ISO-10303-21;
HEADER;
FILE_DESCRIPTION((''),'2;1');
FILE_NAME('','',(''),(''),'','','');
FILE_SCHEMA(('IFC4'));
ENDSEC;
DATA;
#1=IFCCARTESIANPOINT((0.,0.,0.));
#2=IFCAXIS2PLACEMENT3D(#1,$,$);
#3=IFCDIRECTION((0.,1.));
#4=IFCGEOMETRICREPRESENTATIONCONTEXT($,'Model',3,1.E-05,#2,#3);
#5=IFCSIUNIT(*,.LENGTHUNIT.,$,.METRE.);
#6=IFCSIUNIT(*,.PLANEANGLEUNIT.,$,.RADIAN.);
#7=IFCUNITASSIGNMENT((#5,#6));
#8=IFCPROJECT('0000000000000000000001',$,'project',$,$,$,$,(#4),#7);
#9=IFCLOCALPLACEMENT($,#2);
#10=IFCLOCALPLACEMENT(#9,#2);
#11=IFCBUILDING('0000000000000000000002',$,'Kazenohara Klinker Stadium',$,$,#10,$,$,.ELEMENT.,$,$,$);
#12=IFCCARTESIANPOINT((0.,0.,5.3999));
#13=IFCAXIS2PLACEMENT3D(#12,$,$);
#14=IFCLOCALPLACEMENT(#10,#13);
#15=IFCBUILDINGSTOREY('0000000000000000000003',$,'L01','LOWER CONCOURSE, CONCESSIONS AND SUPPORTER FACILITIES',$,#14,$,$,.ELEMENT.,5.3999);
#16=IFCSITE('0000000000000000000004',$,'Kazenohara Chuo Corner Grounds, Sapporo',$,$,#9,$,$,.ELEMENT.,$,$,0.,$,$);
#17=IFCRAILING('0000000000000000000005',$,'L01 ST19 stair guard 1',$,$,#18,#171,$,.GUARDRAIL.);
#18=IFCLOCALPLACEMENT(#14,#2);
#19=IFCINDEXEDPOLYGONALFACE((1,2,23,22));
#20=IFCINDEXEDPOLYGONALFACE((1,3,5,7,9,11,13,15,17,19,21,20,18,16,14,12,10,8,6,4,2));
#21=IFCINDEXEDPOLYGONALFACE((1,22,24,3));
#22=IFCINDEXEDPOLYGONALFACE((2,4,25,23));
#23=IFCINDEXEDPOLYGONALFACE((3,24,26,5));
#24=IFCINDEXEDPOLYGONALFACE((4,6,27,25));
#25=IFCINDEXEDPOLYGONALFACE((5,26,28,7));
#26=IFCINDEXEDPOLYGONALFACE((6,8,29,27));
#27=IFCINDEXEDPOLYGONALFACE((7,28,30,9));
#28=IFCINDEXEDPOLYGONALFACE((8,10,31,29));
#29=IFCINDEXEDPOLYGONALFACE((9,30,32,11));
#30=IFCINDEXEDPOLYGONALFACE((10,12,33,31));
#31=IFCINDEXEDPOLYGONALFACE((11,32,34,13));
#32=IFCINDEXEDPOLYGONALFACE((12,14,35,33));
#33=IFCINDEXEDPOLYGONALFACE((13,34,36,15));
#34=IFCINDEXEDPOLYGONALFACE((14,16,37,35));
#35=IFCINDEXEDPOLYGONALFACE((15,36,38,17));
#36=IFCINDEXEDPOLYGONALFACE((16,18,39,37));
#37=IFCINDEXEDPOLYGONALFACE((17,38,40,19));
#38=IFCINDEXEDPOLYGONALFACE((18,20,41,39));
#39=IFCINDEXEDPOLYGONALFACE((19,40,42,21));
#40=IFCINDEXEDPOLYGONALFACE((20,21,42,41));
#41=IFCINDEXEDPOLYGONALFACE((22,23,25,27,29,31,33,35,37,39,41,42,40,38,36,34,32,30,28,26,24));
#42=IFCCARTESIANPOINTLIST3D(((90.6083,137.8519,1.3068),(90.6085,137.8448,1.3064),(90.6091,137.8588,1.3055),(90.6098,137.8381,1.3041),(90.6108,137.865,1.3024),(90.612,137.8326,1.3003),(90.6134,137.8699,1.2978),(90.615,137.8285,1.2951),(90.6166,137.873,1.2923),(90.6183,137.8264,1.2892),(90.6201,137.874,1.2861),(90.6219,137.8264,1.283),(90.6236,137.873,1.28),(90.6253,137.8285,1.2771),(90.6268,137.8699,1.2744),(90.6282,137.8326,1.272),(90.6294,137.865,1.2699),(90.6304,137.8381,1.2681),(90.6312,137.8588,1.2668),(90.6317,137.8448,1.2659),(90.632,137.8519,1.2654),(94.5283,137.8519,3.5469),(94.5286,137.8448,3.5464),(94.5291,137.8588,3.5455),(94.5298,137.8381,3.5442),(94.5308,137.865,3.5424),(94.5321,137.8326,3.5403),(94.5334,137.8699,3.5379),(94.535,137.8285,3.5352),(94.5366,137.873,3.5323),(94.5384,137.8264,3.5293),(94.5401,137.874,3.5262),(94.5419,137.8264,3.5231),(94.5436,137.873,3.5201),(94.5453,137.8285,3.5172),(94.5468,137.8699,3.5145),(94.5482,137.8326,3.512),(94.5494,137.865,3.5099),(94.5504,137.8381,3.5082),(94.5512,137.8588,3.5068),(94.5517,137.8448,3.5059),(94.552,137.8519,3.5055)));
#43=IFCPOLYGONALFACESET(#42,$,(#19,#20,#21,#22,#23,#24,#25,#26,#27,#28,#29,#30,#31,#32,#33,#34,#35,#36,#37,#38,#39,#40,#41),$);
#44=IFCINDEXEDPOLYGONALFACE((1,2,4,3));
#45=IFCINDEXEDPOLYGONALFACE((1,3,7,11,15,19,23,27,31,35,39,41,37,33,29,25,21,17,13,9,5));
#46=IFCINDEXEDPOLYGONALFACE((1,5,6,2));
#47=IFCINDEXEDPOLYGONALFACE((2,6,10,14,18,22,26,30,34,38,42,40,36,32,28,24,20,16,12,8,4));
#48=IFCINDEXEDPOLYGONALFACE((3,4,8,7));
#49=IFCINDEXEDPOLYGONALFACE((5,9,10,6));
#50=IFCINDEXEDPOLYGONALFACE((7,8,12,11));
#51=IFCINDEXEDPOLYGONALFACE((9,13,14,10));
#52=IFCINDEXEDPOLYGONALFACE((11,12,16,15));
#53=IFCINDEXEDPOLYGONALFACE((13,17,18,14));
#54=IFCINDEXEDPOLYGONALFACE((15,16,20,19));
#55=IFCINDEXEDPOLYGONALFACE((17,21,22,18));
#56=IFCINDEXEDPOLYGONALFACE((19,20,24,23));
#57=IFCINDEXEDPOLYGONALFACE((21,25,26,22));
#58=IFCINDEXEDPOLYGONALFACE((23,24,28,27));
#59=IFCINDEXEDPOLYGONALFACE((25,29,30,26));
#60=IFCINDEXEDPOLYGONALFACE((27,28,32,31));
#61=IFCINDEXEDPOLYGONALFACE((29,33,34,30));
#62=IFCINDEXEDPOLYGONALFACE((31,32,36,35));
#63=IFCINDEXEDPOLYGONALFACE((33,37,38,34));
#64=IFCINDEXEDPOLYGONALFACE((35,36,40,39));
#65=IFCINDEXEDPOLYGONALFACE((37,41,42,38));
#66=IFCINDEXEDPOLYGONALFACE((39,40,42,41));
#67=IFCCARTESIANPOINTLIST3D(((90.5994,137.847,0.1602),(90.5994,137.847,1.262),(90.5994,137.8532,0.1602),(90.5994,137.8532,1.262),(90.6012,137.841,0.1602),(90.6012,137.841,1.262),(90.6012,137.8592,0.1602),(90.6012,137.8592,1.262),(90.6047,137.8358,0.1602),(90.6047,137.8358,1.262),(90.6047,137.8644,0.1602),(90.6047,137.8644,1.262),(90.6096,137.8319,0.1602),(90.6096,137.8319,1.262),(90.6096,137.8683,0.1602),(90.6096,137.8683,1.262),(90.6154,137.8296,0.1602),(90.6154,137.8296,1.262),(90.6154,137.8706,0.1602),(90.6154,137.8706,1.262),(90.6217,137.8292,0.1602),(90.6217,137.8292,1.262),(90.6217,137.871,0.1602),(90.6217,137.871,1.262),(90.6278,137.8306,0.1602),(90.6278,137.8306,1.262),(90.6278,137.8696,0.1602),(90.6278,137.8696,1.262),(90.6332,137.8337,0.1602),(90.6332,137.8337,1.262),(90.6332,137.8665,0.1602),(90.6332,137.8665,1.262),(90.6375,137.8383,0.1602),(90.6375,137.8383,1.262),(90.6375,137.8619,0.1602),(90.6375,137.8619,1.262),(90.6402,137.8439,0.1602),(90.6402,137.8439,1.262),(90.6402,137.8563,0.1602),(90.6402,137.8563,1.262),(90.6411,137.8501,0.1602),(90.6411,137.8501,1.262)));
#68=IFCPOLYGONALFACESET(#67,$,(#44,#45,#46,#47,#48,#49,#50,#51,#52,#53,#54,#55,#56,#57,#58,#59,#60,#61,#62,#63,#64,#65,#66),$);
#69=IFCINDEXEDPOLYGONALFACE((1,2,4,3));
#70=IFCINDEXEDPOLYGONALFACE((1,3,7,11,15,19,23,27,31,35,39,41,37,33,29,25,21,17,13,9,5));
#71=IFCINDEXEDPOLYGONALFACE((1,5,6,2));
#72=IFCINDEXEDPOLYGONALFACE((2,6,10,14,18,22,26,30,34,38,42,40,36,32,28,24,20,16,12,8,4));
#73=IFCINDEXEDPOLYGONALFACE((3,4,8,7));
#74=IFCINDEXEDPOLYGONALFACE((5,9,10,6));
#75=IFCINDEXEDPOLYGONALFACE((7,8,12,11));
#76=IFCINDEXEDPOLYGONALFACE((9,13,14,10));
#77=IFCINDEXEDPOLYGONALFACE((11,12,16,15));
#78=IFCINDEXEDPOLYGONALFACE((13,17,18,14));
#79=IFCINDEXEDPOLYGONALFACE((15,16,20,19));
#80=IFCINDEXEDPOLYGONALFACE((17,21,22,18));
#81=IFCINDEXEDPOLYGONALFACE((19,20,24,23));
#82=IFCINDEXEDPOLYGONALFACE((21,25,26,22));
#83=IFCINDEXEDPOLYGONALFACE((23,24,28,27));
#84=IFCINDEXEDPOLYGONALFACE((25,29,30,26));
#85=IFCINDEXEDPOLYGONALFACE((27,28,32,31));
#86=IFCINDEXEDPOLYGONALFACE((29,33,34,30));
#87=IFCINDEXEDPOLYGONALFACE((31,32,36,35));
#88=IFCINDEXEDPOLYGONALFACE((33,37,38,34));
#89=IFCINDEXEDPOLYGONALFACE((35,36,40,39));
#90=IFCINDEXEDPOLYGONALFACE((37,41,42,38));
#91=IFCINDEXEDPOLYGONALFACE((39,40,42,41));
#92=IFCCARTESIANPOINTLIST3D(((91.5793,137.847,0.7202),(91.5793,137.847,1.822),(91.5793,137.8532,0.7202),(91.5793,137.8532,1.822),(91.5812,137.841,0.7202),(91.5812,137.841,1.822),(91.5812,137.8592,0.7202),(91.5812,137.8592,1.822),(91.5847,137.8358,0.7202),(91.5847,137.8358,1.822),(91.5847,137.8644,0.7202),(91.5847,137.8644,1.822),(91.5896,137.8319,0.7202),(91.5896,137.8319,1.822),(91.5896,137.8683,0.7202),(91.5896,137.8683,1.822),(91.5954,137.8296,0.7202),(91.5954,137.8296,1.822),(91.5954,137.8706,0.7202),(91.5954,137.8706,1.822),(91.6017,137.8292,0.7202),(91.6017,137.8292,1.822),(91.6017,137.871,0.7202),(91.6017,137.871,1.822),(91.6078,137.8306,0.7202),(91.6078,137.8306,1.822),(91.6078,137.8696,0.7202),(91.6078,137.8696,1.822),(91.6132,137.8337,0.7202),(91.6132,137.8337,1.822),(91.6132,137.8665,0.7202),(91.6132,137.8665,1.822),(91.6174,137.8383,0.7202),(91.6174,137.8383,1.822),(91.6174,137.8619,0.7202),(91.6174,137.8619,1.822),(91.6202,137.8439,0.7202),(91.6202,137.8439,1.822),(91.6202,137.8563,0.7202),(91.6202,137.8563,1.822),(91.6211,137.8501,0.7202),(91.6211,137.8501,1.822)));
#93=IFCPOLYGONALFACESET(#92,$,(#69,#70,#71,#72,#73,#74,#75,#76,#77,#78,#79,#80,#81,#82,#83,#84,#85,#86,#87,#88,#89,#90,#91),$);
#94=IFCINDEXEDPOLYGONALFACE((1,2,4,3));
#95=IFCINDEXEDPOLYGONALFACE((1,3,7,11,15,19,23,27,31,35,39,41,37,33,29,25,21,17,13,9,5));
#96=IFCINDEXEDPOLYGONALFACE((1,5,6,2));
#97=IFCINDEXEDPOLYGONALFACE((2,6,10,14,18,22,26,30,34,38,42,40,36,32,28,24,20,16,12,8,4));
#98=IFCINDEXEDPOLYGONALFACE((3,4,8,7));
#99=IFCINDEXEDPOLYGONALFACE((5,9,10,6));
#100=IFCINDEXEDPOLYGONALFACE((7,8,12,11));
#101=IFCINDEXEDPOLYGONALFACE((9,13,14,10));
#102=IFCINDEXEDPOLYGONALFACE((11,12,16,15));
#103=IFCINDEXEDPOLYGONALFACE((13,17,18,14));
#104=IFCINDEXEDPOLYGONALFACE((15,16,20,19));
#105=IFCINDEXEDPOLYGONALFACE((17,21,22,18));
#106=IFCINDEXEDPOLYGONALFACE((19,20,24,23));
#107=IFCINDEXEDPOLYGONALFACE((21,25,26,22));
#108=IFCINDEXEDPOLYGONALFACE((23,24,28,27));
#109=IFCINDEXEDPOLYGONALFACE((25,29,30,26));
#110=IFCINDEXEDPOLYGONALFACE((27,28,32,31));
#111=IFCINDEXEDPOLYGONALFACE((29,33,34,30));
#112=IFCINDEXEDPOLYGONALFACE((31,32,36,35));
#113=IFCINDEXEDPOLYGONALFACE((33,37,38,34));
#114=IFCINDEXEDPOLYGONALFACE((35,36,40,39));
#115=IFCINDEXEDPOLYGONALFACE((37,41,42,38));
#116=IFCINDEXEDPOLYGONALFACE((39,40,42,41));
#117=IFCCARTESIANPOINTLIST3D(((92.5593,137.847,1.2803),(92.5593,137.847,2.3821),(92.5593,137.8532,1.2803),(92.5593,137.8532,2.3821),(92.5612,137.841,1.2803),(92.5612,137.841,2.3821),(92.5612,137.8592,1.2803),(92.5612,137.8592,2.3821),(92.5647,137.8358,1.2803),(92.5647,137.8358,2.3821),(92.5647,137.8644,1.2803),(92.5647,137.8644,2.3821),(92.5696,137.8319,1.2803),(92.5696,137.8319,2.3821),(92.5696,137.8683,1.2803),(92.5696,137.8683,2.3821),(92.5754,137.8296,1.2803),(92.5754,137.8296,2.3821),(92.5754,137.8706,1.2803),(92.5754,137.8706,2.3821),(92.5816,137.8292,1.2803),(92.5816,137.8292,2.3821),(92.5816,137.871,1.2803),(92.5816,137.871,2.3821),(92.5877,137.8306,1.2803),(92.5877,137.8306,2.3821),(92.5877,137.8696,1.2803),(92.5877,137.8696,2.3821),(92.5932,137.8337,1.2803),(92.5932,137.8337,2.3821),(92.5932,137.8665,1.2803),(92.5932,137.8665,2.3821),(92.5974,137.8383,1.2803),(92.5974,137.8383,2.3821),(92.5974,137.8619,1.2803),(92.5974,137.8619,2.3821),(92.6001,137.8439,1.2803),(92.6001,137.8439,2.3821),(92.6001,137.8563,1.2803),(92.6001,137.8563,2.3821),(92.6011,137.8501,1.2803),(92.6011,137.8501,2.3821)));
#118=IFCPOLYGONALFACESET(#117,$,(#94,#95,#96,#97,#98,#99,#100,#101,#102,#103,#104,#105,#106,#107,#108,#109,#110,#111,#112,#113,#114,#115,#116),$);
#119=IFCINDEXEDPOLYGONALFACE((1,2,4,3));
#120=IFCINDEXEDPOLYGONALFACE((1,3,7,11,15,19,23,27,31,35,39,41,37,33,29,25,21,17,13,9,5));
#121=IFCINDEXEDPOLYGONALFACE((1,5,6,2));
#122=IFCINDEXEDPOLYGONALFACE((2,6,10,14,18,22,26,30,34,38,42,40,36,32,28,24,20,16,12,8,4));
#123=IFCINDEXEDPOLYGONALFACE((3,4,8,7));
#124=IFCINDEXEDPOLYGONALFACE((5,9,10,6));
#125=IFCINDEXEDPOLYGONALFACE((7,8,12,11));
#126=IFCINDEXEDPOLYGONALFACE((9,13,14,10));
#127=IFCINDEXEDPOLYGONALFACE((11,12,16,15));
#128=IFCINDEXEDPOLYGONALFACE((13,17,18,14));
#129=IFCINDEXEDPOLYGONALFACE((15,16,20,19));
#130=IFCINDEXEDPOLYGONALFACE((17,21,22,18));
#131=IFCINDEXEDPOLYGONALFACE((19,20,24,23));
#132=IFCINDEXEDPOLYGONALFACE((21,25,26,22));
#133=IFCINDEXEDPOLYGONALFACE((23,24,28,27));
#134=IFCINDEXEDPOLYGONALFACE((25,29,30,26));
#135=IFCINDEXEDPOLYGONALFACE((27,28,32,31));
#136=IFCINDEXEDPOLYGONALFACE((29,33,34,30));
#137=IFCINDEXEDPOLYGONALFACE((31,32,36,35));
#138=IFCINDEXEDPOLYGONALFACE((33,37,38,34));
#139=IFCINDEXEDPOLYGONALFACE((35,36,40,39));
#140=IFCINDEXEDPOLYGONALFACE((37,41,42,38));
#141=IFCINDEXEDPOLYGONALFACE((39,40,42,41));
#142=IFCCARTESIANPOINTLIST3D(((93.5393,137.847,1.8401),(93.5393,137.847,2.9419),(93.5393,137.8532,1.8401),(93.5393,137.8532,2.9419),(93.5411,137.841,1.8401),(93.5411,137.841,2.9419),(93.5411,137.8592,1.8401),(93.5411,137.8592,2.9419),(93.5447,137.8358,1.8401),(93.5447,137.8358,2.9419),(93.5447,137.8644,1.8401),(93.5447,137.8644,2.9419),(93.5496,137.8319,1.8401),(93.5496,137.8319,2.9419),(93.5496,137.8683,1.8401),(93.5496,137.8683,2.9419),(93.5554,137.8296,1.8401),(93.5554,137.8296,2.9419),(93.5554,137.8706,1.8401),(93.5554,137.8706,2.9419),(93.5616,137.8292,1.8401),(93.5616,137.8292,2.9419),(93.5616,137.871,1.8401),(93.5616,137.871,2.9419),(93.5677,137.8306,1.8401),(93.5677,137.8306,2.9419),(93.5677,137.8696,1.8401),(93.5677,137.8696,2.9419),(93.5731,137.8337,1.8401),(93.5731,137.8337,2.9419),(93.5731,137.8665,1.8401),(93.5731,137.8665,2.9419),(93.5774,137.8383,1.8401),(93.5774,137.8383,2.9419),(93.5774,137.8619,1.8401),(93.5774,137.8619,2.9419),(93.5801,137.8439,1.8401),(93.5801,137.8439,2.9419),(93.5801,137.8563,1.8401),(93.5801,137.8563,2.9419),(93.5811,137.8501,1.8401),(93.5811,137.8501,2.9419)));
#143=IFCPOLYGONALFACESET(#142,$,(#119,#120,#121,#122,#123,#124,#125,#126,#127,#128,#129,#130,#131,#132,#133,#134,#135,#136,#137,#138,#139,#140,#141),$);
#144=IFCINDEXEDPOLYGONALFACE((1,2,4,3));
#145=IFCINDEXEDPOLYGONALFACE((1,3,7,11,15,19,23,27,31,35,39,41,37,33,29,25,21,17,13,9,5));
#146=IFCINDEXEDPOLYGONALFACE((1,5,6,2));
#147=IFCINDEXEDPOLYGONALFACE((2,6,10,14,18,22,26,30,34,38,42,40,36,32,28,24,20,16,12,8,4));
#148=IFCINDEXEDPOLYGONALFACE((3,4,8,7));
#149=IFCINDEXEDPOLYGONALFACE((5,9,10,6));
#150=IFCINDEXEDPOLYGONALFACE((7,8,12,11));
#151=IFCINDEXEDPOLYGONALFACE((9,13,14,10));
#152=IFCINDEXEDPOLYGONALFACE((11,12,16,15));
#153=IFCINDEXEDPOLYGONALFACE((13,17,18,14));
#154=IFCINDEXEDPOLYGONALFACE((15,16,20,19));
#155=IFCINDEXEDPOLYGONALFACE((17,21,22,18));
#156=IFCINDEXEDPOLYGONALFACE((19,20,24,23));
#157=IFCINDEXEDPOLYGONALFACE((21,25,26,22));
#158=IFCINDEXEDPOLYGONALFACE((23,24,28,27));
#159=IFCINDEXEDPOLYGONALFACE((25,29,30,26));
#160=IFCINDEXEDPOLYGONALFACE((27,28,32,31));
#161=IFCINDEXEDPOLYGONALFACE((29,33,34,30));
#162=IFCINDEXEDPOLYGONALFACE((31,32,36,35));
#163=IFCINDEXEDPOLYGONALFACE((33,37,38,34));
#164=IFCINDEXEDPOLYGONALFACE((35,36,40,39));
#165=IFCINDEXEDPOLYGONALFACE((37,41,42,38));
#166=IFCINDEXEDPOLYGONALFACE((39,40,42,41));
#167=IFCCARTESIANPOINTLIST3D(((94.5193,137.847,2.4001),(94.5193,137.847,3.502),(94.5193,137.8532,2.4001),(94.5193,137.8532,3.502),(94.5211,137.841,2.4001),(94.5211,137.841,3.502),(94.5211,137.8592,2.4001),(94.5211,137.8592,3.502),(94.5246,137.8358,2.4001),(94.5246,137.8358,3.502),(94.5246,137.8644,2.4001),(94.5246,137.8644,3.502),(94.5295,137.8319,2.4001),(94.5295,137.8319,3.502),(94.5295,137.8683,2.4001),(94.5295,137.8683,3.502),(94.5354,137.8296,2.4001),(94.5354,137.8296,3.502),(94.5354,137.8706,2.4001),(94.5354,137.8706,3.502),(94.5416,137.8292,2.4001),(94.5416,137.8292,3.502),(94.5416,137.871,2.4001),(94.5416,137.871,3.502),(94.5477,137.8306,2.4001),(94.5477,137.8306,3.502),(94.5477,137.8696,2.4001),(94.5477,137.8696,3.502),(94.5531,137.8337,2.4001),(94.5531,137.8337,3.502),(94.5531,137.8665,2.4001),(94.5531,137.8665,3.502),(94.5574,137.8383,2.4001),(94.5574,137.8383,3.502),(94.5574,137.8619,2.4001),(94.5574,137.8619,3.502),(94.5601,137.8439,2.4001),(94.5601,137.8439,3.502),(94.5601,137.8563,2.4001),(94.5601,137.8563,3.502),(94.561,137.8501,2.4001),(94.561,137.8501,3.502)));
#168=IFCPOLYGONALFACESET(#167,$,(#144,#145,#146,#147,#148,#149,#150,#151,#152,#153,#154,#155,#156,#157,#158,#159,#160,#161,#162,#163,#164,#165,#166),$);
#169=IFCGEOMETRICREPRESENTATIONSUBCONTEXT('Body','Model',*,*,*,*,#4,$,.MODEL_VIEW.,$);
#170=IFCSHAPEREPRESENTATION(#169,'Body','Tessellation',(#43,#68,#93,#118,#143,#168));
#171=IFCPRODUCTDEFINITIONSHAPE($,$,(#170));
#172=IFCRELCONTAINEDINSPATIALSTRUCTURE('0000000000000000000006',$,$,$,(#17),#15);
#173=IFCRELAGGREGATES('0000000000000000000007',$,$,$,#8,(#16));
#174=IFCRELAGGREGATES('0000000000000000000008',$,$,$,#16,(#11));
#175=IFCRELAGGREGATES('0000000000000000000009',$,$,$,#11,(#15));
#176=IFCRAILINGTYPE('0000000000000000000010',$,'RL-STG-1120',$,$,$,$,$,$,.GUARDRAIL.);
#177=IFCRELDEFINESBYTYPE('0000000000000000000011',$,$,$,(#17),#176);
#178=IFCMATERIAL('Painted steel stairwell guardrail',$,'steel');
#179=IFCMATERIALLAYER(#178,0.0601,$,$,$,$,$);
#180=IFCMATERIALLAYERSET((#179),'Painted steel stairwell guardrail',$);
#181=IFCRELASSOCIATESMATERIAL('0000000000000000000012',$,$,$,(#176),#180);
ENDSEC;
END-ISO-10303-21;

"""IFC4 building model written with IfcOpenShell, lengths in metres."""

from ifc_helpers import new_model, si_unit, direction, frame, origin, origin_2d, place, context, subcontext, project, spatial, circle, extrude, material, layer, layer_set, type_object, element, save


model = new_model("IFC4")

# Units and contexts
model_context = context("Model", 3, precision=1e-05, world=origin(), true_north=direction((0.0, 1.0)))
body_context = subcontext(model_context, "Body", "Model", "MODEL_VIEW")
ifc_project = project(units=[si_unit("LENGTHUNIT", "METRE"), si_unit("PLANEANGLEUNIT", "RADIAN")], contexts=[model_context])

# Site, building, storey
site_placement = place(None, origin())
site = spatial("IfcSite", under=ifc_project, at=site_placement, Name="Kazenohara Chuo Corner Grounds, Sapporo", CompositionType="ELEMENT", RefElevation=0.0)
building_placement = place(site_placement, origin())
building = spatial("IfcBuilding", under=site, at=building_placement, Name="Kazenohara Klinker Stadium", CompositionType="ELEMENT")
storey_placement = place(building_placement, frame((0.0, 0.0, 5.3999)))
storey = spatial("IfcBuildingStorey", under=building, at=storey_placement, Name="L01", Description="LOWER CONCOURSE, CONCESSIONS AND SUPPORTER FACILITIES", CompositionType="ELEMENT", Elevation=5.3999)

# Railing
ifc_material_1 = material(Name="Painted steel stairwell guardrail", Category="steel")
ifc_layer_1 = layer(ifc_material_1, 0.0601)
ifc_layer_set_1 = layer_set([ifc_layer_1], Name="Painted steel stairwell guardrail")
railing_type_1 = type_object("IfcRailingType", Name="RL-STG-1120", PredefinedType="GUARDRAIL", material=ifc_layer_set_1)
railing_1_placement = place(storey_placement, frame((90.6201, 137.8501, 0.1602)))
element("IfcRailing", 1, at=railing_1_placement, inside=storey, type_object=railing_type_1, Name="L01 ST19 stair guard 1", PredefinedType="GUARDRAIL", context=body_context, shape_type="SweptSolid", body=[
    extrude(circle(Radius=0.0239, at=origin_2d()), frame((0.0, 0.0, 1.126), z_axis=(0.86824, 0.0, 0.496145), x_axis=(0.0, 1.0, 0.0)), (0.0, 0.0, 1.0), 4.5149),
    extrude(circle(Radius=0.021, at=origin_2d()), origin(), (0.0, 0.0, 1.0), 1.1018),
    extrude(circle(Radius=0.021, at=origin_2d()), frame((0.98, 0.0, 0.5601)), (0.0, 0.0, 1.0), 1.1018),
    extrude(circle(Radius=0.021, at=origin_2d()), frame((1.96, 0.0, 1.1201)), (0.0, 0.0, 1.0), 1.1018),
    extrude(circle(Radius=0.021, at=origin_2d()), frame((2.9399, 0.0, 1.6799)), (0.0, 0.0, 1.0), 1.1018),
    extrude(circle(Radius=0.021, at=origin_2d()), frame((3.9199, 0.0, 2.24)), (0.0, 0.0, 1.0), 1.1018),
])

save(model, "model.ifc")
